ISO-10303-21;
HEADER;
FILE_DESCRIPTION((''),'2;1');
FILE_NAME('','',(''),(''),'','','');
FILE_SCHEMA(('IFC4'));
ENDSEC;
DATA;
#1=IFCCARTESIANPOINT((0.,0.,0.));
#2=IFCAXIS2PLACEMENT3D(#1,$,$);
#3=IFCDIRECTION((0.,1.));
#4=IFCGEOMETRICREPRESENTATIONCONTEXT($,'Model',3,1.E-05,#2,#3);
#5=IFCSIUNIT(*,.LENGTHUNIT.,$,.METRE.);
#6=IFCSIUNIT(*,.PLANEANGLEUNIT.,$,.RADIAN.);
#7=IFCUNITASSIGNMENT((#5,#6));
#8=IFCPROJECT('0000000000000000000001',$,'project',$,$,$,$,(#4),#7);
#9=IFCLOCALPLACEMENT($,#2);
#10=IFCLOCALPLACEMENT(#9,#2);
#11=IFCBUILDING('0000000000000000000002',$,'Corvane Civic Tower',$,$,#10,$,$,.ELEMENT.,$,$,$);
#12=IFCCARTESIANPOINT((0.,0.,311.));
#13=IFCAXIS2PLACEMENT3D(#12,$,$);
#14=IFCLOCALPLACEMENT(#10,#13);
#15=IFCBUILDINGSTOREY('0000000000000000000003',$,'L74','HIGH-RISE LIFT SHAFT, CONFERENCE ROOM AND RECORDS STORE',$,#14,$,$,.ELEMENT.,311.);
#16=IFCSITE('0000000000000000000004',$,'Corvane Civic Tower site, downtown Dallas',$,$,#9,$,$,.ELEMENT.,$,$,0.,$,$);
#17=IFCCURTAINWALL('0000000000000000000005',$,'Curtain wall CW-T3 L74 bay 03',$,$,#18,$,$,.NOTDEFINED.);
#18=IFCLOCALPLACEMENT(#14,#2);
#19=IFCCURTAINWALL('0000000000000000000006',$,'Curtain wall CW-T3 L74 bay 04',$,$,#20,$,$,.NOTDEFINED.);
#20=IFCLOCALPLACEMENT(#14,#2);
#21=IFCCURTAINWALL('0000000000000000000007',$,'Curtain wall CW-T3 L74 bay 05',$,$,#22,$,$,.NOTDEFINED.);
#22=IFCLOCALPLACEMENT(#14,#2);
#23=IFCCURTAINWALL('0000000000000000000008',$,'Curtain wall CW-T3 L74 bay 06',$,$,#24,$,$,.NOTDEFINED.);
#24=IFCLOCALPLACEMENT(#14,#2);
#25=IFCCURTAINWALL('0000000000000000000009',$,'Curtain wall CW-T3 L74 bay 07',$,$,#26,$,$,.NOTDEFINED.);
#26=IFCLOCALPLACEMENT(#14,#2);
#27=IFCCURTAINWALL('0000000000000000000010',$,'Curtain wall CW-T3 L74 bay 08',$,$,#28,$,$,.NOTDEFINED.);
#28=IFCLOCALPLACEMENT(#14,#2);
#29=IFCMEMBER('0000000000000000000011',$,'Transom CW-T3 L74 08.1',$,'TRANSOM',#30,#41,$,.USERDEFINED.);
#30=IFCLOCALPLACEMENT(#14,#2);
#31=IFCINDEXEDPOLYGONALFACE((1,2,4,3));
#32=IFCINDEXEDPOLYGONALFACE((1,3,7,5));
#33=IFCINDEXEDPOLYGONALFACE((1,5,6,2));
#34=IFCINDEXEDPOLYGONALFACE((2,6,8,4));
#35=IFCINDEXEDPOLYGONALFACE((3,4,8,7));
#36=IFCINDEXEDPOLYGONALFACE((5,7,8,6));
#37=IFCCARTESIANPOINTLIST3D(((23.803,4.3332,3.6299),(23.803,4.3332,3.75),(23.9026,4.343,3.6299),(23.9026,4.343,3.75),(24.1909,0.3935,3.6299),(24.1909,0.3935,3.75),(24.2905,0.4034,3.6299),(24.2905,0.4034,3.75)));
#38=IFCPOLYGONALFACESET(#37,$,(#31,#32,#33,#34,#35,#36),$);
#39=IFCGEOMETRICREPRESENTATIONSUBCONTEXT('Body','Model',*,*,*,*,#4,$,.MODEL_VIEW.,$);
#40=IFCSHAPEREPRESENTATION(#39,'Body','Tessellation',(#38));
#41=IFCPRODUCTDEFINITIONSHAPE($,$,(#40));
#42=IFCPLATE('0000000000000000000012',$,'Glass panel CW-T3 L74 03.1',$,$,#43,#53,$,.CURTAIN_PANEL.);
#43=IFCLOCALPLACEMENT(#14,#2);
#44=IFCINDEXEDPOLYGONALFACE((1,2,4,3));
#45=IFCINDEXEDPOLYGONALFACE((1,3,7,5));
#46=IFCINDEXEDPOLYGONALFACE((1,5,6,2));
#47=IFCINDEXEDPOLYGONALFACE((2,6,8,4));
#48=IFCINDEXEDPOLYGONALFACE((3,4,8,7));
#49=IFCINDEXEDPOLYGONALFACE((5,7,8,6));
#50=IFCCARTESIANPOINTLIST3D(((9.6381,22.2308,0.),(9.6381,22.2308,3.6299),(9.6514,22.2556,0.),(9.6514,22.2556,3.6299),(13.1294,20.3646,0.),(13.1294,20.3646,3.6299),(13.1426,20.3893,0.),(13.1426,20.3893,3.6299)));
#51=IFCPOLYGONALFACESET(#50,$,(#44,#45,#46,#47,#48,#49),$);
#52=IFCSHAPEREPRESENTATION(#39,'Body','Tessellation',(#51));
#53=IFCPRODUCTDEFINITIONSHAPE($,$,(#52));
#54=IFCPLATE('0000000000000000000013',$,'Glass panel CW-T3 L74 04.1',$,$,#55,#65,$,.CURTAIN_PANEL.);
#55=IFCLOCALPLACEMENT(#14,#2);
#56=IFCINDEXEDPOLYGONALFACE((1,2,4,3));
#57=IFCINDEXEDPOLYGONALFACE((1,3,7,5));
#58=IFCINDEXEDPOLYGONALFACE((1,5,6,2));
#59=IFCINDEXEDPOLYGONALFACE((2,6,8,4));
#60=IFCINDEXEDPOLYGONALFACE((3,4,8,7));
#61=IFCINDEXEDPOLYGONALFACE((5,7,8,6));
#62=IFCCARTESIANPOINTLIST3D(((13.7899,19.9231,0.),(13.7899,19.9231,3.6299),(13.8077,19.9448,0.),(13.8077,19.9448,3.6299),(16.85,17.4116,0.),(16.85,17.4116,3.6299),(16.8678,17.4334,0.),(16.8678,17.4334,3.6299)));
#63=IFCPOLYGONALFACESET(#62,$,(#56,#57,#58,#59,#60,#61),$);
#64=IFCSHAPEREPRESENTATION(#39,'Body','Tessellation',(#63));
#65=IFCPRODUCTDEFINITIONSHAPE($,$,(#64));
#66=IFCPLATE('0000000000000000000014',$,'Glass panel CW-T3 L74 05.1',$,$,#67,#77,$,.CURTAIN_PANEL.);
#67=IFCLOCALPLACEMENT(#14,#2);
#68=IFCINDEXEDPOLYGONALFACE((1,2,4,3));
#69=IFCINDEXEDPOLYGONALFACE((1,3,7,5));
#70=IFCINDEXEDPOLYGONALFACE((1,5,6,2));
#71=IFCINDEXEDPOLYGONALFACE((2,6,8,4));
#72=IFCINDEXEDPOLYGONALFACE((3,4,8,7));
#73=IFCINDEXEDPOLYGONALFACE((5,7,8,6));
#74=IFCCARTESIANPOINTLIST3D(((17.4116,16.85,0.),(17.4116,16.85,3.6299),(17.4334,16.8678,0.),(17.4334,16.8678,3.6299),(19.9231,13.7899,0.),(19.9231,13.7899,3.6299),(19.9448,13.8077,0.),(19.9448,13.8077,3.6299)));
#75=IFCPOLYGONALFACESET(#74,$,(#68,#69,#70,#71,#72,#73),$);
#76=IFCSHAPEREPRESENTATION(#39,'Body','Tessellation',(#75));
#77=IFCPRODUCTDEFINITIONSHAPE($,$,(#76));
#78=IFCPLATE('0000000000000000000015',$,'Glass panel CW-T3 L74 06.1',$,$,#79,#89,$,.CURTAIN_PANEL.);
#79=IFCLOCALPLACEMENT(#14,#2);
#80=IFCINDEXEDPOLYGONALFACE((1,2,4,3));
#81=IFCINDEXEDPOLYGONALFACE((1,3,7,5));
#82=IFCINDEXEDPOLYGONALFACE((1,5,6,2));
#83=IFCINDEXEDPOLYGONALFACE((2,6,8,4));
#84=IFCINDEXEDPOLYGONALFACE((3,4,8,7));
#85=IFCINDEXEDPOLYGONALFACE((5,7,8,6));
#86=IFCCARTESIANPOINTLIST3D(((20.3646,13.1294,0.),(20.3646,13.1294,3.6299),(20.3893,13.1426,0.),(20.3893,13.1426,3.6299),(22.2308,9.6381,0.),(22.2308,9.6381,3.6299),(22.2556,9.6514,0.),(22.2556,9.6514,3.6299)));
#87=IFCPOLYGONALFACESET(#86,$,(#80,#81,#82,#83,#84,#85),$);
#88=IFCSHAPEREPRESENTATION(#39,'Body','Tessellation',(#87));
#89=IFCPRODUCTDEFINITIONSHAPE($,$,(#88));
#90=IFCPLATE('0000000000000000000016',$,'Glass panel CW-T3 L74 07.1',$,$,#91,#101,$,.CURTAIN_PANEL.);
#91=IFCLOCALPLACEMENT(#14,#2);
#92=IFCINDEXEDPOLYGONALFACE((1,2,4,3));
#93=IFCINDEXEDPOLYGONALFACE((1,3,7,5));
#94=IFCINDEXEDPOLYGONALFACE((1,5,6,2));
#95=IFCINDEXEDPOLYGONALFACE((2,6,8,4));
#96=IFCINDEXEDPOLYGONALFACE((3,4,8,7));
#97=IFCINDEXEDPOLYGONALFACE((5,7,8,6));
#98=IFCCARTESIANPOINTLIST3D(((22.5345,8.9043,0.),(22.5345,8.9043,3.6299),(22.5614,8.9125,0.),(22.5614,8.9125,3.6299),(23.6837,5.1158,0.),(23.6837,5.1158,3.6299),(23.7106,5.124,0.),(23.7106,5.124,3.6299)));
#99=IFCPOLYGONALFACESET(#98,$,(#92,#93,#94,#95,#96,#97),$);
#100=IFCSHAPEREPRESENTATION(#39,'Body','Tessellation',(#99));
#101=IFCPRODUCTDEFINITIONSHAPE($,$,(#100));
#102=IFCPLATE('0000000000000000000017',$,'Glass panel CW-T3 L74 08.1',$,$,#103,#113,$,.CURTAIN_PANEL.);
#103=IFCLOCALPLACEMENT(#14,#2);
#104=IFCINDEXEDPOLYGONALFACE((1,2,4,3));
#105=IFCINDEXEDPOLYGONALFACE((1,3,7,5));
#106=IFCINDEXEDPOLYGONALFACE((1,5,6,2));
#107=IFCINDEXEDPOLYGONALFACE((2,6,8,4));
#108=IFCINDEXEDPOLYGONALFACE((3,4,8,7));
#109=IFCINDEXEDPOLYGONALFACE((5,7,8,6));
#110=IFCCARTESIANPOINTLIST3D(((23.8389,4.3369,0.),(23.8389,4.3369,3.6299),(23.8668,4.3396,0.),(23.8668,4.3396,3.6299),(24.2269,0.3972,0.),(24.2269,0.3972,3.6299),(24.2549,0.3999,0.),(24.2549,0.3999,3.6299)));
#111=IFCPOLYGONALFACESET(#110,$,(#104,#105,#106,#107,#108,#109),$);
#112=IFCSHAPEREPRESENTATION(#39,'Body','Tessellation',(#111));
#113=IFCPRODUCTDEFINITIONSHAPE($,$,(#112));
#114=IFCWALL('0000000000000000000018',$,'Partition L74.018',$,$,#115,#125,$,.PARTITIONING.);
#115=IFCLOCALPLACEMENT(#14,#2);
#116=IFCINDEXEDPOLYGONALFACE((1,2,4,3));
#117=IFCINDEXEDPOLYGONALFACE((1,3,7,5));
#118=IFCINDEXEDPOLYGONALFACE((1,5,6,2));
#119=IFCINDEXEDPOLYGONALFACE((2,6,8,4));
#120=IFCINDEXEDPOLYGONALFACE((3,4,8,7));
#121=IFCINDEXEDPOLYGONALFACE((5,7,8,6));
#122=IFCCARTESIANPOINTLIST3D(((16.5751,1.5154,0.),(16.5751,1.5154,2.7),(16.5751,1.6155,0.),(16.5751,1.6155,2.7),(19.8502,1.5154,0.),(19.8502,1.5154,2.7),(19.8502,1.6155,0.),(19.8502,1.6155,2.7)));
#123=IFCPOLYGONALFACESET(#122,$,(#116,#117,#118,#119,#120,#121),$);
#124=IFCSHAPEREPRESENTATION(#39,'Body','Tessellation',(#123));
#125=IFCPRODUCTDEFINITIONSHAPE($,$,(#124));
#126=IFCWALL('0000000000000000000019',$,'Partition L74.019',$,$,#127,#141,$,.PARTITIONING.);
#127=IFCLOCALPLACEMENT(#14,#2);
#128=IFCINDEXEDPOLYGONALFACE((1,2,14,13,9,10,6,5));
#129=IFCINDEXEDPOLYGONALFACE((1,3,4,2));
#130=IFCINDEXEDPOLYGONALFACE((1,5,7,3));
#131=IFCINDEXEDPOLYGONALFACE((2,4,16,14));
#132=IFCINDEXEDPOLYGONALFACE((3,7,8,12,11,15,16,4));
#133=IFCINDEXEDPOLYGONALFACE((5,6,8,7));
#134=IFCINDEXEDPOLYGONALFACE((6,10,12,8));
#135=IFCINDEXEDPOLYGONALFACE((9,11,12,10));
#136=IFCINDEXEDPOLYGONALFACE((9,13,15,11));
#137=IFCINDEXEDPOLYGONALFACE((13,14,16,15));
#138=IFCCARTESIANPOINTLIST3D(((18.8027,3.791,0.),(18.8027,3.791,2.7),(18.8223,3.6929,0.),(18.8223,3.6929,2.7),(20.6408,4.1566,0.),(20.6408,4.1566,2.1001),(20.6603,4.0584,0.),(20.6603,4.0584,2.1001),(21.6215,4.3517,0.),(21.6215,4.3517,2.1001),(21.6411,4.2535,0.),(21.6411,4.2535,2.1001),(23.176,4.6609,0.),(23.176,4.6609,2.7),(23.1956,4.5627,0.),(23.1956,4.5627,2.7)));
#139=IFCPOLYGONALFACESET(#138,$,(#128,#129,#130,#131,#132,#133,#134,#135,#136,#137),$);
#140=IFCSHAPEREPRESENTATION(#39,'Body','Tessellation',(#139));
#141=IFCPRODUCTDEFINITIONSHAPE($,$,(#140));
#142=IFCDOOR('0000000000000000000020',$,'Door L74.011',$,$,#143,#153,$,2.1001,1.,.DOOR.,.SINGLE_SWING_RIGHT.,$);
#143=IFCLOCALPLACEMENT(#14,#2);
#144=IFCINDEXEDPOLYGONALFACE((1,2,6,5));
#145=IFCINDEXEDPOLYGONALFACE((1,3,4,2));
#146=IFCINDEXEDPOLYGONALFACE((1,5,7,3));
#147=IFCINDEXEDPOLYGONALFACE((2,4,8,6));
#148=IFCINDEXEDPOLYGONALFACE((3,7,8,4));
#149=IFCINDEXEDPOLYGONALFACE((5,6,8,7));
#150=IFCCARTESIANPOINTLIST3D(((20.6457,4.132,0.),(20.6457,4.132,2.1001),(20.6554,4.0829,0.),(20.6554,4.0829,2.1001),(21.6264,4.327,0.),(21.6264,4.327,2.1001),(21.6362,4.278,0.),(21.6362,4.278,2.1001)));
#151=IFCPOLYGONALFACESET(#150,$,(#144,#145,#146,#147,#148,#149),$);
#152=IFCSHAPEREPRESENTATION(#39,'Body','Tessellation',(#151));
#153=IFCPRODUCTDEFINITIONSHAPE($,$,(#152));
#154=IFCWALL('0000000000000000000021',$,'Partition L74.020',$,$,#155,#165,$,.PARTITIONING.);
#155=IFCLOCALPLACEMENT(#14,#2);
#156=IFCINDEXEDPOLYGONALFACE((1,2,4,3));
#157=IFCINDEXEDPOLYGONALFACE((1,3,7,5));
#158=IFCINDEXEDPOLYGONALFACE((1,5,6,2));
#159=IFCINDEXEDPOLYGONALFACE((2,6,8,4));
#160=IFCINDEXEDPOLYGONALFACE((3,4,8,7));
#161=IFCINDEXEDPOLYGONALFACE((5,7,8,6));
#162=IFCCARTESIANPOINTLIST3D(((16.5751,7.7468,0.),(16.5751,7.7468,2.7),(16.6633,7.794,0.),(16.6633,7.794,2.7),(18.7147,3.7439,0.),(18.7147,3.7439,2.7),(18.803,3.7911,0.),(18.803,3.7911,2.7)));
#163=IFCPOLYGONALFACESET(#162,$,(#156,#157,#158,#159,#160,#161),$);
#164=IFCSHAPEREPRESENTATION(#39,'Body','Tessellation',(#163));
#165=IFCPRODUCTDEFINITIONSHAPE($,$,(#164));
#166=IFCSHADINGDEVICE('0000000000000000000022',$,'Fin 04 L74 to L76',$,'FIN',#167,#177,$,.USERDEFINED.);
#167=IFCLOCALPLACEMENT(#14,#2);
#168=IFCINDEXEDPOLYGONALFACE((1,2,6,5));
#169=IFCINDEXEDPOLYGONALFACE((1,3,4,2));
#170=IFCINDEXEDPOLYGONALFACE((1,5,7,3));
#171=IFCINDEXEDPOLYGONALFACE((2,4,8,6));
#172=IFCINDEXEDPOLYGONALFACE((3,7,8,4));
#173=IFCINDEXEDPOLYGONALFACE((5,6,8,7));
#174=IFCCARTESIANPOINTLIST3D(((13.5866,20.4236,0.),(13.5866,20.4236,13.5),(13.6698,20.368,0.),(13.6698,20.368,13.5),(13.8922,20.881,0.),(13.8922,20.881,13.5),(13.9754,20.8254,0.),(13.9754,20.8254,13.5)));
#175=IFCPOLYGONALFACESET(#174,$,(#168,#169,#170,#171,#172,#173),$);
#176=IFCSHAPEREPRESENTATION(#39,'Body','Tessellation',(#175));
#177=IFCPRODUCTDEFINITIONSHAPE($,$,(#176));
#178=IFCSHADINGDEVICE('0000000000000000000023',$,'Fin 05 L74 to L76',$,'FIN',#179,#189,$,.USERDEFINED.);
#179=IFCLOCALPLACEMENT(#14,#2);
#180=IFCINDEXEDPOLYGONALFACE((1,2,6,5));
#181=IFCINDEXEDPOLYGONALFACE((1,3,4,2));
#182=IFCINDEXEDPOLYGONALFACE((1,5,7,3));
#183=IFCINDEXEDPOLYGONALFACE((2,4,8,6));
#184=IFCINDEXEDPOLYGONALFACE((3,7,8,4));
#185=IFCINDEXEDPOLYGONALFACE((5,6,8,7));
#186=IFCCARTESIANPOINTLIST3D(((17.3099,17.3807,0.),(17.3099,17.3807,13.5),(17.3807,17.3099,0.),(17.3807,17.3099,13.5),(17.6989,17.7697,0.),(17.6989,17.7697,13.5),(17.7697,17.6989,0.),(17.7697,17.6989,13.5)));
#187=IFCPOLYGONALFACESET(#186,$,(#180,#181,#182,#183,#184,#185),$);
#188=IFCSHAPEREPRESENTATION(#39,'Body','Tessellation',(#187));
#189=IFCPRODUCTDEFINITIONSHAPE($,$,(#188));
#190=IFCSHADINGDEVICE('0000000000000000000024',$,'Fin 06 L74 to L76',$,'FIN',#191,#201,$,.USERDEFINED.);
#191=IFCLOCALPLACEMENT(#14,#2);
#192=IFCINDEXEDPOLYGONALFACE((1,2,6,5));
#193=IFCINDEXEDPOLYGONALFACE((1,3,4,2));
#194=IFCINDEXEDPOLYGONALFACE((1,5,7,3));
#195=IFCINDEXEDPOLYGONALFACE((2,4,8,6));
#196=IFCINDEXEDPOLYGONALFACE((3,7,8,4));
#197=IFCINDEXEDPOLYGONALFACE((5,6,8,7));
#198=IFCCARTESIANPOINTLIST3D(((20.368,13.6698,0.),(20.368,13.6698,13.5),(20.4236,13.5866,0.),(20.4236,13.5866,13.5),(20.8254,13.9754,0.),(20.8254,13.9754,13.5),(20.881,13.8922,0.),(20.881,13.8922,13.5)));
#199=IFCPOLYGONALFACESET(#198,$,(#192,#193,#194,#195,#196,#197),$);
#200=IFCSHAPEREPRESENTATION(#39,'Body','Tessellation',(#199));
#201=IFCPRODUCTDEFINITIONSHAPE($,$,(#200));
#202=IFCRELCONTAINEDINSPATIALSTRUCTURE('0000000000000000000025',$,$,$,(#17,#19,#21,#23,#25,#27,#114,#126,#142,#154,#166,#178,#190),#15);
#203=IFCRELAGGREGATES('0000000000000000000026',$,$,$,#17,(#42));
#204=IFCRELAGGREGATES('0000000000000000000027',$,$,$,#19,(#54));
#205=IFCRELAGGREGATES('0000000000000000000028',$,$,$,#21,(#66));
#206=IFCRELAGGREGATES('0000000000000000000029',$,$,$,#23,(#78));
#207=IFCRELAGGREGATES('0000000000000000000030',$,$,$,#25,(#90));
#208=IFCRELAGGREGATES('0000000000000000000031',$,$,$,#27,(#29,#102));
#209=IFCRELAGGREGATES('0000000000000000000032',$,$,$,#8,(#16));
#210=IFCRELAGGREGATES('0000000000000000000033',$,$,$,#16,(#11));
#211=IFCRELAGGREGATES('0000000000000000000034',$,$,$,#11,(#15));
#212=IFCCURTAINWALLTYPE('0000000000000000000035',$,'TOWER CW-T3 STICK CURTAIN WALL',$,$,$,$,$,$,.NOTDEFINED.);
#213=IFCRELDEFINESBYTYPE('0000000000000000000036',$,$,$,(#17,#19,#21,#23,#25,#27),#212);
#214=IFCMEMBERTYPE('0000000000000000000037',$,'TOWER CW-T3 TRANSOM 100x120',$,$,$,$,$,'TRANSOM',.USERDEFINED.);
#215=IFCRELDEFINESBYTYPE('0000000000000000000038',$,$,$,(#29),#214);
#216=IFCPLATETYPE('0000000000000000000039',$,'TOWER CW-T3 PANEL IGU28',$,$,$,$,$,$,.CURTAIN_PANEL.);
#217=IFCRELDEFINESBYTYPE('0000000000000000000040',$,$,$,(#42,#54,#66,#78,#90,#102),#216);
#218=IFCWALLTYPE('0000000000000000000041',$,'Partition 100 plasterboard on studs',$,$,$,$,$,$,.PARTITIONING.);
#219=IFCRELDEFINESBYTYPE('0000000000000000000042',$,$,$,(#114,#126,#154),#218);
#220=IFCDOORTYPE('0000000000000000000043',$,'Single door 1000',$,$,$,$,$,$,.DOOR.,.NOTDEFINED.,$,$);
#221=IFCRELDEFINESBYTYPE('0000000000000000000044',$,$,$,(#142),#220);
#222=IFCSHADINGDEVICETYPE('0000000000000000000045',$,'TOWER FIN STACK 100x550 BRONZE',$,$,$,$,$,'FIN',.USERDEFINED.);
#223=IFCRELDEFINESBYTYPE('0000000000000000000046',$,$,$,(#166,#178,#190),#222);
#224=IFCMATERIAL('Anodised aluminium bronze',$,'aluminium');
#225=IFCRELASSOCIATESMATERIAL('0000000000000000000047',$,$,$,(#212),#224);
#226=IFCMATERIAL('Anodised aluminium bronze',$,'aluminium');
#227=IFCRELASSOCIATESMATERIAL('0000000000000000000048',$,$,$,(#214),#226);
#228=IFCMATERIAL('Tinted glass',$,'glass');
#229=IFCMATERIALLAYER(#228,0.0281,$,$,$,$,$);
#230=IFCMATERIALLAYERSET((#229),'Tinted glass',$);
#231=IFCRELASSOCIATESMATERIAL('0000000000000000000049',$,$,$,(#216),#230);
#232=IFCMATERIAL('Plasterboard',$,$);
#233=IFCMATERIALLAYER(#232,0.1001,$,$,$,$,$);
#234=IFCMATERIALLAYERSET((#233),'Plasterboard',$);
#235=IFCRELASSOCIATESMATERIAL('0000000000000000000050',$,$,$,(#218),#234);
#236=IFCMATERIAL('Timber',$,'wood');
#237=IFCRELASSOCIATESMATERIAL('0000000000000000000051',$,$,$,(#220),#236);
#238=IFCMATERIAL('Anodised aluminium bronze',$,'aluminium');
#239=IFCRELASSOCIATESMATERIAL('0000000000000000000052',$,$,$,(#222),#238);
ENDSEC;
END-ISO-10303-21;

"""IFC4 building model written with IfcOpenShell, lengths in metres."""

from ifc_helpers import new_model, si_unit, direction, frame, frame_2d, origin, origin_2d, place, context, subcontext, project, spatial, rectangle, extrude, material, layer, layer_set, material_profile, profile_set, type_object, element, fill, aggregate, save


model = new_model("IFC4")

# Units and contexts
model_context = context("Model", 3, precision=1e-05, world=origin(), true_north=direction((0.0, 1.0)))
body_context = subcontext(model_context, "Body", "Model", "MODEL_VIEW")
ifc_project = project(units=[si_unit("LENGTHUNIT", "METRE"), si_unit("PLANEANGLEUNIT", "RADIAN")], contexts=[model_context])

# Site, building, storey
site_placement = place(None, origin())
site = spatial("IfcSite", under=ifc_project, at=site_placement, Name="Corvane Civic Tower site, downtown Dallas", CompositionType="ELEMENT", RefElevation=0.0)
building_placement = place(site_placement, origin())
building = spatial("IfcBuilding", under=site, at=building_placement, Name="Corvane Civic Tower", CompositionType="ELEMENT")
storey_placement = place(building_placement, frame((0.0, 0.0, 311.0)))
storey = spatial("IfcBuildingStorey", under=building, at=storey_placement, Name="L74", Description="HIGH-RISE LIFT SHAFT, CONFERENCE ROOM AND RECORDS STORE", CompositionType="ELEMENT", Elevation=311.0)

# Curtain walls, member
ifc_material_1 = material(Name="Anodised aluminium bronze", Category="aluminium")
curtain_wall_type = type_object("IfcCurtainWallType", Name="TOWER CW-T3 STICK CURTAIN WALL", PredefinedType="NOTDEFINED", material=ifc_material_1)
curtain_wall_1_placement = place(storey_placement, origin())
curtain_wall_1 = element("IfcCurtainWall", 1, at=curtain_wall_1_placement, inside=storey, type_object=curtain_wall_type, Name="Curtain wall CW-T3 L74 bay 03", PredefinedType="NOTDEFINED")
ifc_material_2 = material(Name="Anodised aluminium bronze", Category="aluminium")
ifc_material_profile_1 = material_profile(ifc_material_2, rectangle(XDim=0.1001, YDim=0.1201, at=origin_2d()), Name="TOWER CW-T3 TRANSOM 100x120")
ifc_profile_set_1 = profile_set([ifc_material_profile_1], Name="Anodised aluminium bronze")
member_type = type_object("IfcMemberType", Name="TOWER CW-T3 TRANSOM 100x120", ElementType="TRANSOM", PredefinedType="USERDEFINED", material=ifc_profile_set_1)
curtain_wall_2_placement = place(storey_placement, origin())
curtain_wall_2 = element("IfcCurtainWall", 2, at=curtain_wall_2_placement, inside=storey, type_object=curtain_wall_type, Name="Curtain wall CW-T3 L74 bay 04", PredefinedType="NOTDEFINED")
curtain_wall_3_placement = place(storey_placement, origin())
curtain_wall_3 = element("IfcCurtainWall", 3, at=curtain_wall_3_placement, inside=storey, type_object=curtain_wall_type, Name="Curtain wall CW-T3 L74 bay 05", PredefinedType="NOTDEFINED")
curtain_wall_4_placement = place(storey_placement, origin())
curtain_wall_4 = element("IfcCurtainWall", 4, at=curtain_wall_4_placement, inside=storey, type_object=curtain_wall_type, Name="Curtain wall CW-T3 L74 bay 06", PredefinedType="NOTDEFINED")
curtain_wall_5_placement = place(storey_placement, origin())
curtain_wall_5 = element("IfcCurtainWall", 5, at=curtain_wall_5_placement, inside=storey, type_object=curtain_wall_type, Name="Curtain wall CW-T3 L74 bay 07", PredefinedType="NOTDEFINED")
curtain_wall_6_placement = place(storey_placement, origin())
curtain_wall_6 = element("IfcCurtainWall", 6, at=curtain_wall_6_placement, inside=storey, type_object=curtain_wall_type, Name="Curtain wall CW-T3 L74 bay 08", PredefinedType="NOTDEFINED")
member_1_placement = place(storey_placement, frame((23.8528, 4.3381, 3.6899), z_axis=(0.097995, -0.995187, 0.0), x_axis=(0.995187, 0.097995, 0.0)))
member_1 = element("IfcMember", 7, at=member_1_placement, type_object=member_type, Name="Transom CW-T3 L74 08.1", ObjectType="TRANSOM", PredefinedType="USERDEFINED", context=body_context, shape_type="SweptSolid", body=[
    extrude(rectangle(XDim=0.1001, YDim=0.1201, at=origin_2d()), origin(), (0.0, 0.0, 1.0), 3.9587),
])

# Plates
ifc_material_3 = material(Name="Tinted glass", Category="glass")
ifc_layer_1 = layer(ifc_material_3, 0.0281)
ifc_layer_set_1 = layer_set([ifc_layer_1], Name="Tinted glass")
plate_type = type_object("IfcPlateType", Name="TOWER CW-T3 PANEL IGU28", PredefinedType="CURTAIN_PANEL", material=ifc_layer_set_1)
plate_1_placement = place(storey_placement, frame((11.3904, 21.3101, 0.0), z_axis=(0.0, 0.0, 1.0), x_axis=(0.881908, -0.471421, 0.0)))
plate_1 = element("IfcPlate", 8, at=plate_1_placement, type_object=plate_type, Name="Glass panel CW-T3 L74 03.1", PredefinedType="CURTAIN_PANEL", context=body_context, shape_type="SweptSolid", body=[
    extrude(rectangle(XDim=3.9587, YDim=0.0281, at=origin_2d()), origin(), (0.0, 0.0, 1.0), 3.6299),
])
aggregate(curtain_wall_1, [plate_1])
plate_2_placement = place(storey_placement, frame((15.3289, 18.6782, 0.0), z_axis=(0.0, 0.0, 1.0), x_axis=(0.773001, -0.634405, 0.0)))
plate_2 = element("IfcPlate", 9, at=plate_2_placement, type_object=plate_type, Name="Glass panel CW-T3 L74 04.1", PredefinedType="CURTAIN_PANEL", context=body_context, shape_type="SweptSolid", body=[
    extrude(rectangle(XDim=3.9587, YDim=0.0281, at=origin_2d()), origin(), (0.0, 0.0, 1.0), 3.6299),
])
aggregate(curtain_wall_2, [plate_2])
plate_3_placement = place(storey_placement, frame((18.6782, 15.3289, 0.0), z_axis=(0.0, 0.0, 1.0), x_axis=(0.634405, -0.773001, 0.0)))
plate_3 = element("IfcPlate", 10, at=plate_3_placement, type_object=plate_type, Name="Glass panel CW-T3 L74 05.1", PredefinedType="CURTAIN_PANEL", context=body_context, shape_type="SweptSolid", body=[
    extrude(rectangle(XDim=3.9587, YDim=0.0281, at=origin_2d()), origin(), (0.0, 0.0, 1.0), 3.6299),
])
aggregate(curtain_wall_3, [plate_3])
plate_4_placement = place(storey_placement, frame((21.3101, 11.3904, 0.0), z_axis=(0.0, 0.0, 1.0), x_axis=(0.471421, -0.881908, 0.0)))
plate_4 = element("IfcPlate", 11, at=plate_4_placement, type_object=plate_type, Name="Glass panel CW-T3 L74 06.1", PredefinedType="CURTAIN_PANEL", context=body_context, shape_type="SweptSolid", body=[
    extrude(rectangle(XDim=3.9587, YDim=0.0281, at=origin_2d()), origin(), (0.0, 0.0, 1.0), 3.6299),
])
aggregate(curtain_wall_4, [plate_4])
plate_5_placement = place(storey_placement, frame((23.1226, 7.0142, 0.0), z_axis=(0.0, 0.0, 1.0), x_axis=(0.290274, -0.956944, 0.0)))
plate_5 = element("IfcPlate", 12, at=plate_5_placement, type_object=plate_type, Name="Glass panel CW-T3 L74 07.1", PredefinedType="CURTAIN_PANEL", context=body_context, shape_type="SweptSolid", body=[
    extrude(rectangle(XDim=3.959, YDim=0.0281, at=origin_2d()), origin(), (0.0, 0.0, 1.0), 3.6299),
])
aggregate(curtain_wall_5, [plate_5])
plate_6_placement = place(storey_placement, frame((24.0469, 2.3684, 0.0), z_axis=(0.0, 0.0, 1.0), x_axis=(0.098021, -0.995184, 0.0)))
plate_6 = element("IfcPlate", 13, at=plate_6_placement, type_object=plate_type, Name="Glass panel CW-T3 L74 08.1", PredefinedType="CURTAIN_PANEL", context=body_context, shape_type="SweptSolid", body=[
    extrude(rectangle(XDim=3.9587, YDim=0.0281, at=origin_2d()), origin(), (0.0, 0.0, 1.0), 3.6299),
])
aggregate(curtain_wall_6, [member_1, plate_6])

# Wall
ifc_material_4 = material(Name="Plasterboard")
ifc_layer_2 = layer(ifc_material_4, 0.1001)
ifc_layer_set_2 = layer_set([ifc_layer_2], Name="Plasterboard")
wall_type = type_object("IfcWallType", Name="Partition 100 plasterboard on studs", PredefinedType="PARTITIONING", material=ifc_layer_set_2)
wall_1_placement = place(storey_placement, frame((16.575, 1.5654, 0.0), z_axis=(0.0, 0.0, 1.0), x_axis=(1.0, 0.0, 0.0)))
element("IfcWall", 14, at=wall_1_placement, inside=storey, type_object=wall_type, Name="Partition L74.018", PredefinedType="PARTITIONING", context=body_context, shape_type="SweptSolid", body=[
    extrude(rectangle(XDim=3.2751, YDim=0.1001, at=frame_2d((1.6377, 0.0))), origin(), (0.0, 0.0, 1.0), 2.7),
])

# Wall, opening, door
wall_2_placement = place(storey_placement, frame((18.8125, 3.7419, 0.0), z_axis=(0.0, 0.0, 1.0), x_axis=(0.980787, 0.195084, 0.0)))
wall_2 = element("IfcWall", 15, at=wall_2_placement, inside=storey, type_object=wall_type, Name="Partition L74.019", PredefinedType="PARTITIONING", context=body_context, shape_type="SweptSolid", body=[
    extrude(rectangle(XDim=4.459, YDim=0.1001, at=frame_2d((2.2295, 0.0))), origin(), (0.0, 0.0, 1.0), 2.7),
])
opening_placement = place(wall_2_placement, frame((1.874, 0.0, 0.0)))
opening = element("IfcOpeningElement", 16, at=opening_placement, cuts=wall_2, PredefinedType="OPENING", context=body_context, shape_type="SweptSolid", body=[
    extrude(rectangle(XDim=1.0, YDim=2.1001, at=frame_2d((0.5, 1.05))), frame((0.0, 0.0601, 0.0), z_axis=(0.0, -1.0, 0.0), x_axis=(1.0, 0.0, 0.0)), (0.0, 0.0, 1.0), 0.1201),
])
ifc_material_5 = material(Name="Timber", Category="wood")
door_type = type_object("IfcDoorType", Name="Single door 1000", OperationType="NOTDEFINED", PredefinedType="DOOR", material=ifc_material_5)
door_placement = place(opening_placement, origin())
door = element("IfcDoor", 17, at=door_placement, inside=storey, type_object=door_type, Name="Door L74.011", OperationType="SINGLE_SWING_RIGHT", OverallHeight=2.1001, OverallWidth=1.0, PredefinedType="DOOR", context=body_context, shape_type="SweptSolid", body=[
    extrude(rectangle(XDim=1.0, YDim=2.1001, at=frame_2d((0.5, 1.05))), frame((0.0, 0.0249, 0.0), z_axis=(0.0, -1.0, 0.0), x_axis=(1.0, 0.0, 0.0)), (0.0, 0.0, 1.0), 0.05),
])
fill(opening, door)

# Wall
wall_3_placement = place(storey_placement, frame((16.6191, 7.7705, 0.0), z_axis=(0.0, 0.0, 1.0), x_axis=(0.471403, -0.881918, 0.0)))
element("IfcWall", 18, at=wall_3_placement, inside=storey, type_object=wall_type, Name="Partition L74.020", PredefinedType="PARTITIONING", context=body_context, shape_type="SweptSolid", body=[
    extrude(rectangle(XDim=4.5388, YDim=0.1001, at=frame_2d((2.2695, 0.0))), origin(), (0.0, 0.0, 1.0), 2.7),
])

# Shading devices
ifc_material_6 = material(Name="Anodised aluminium bronze", Category="aluminium")
ifc_material_profile_2 = material_profile(ifc_material_6, rectangle(XDim=0.1001, YDim=0.55, at=origin_2d()), Name="TOWER FIN STACK 100x550 BRONZE")
ifc_profile_set_2 = profile_set([ifc_material_profile_2], Name="Anodised aluminium bronze")
shading_device_type = type_object("IfcShadingDeviceType", Name="TOWER FIN STACK 100x550 BRONZE", ElementType="FIN", PredefinedType="USERDEFINED", material=ifc_profile_set_2)
for number, where, z_axis, x_axis, name in (
    (19, (13.781, 20.6245, 0.0), (0.0, 0.0, 1.0), (0.83147, -0.55557, 0.0), "Fin 04 L74 to L76"),
    (20, (17.5398, 17.5398, 0.0), (0.0, 0.0, 1.0), (0.707107, -0.707107, 0.0), "Fin 05 L74 to L76"),
    (21, (20.6245, 13.781, 0.0), (0.0, 0.0, 1.0), (0.55557, -0.83147, 0.0), "Fin 06 L74 to L76"),
):
    element("IfcShadingDevice", number, at=place(storey_placement, frame(where, z_axis=z_axis, x_axis=x_axis)), inside=storey, type_object=shading_device_type, Name=name, ObjectType="FIN", PredefinedType="USERDEFINED", context=body_context, shape_type="SweptSolid", body=[
        extrude(rectangle(XDim=0.1001, YDim=0.55, at=origin_2d()), origin(), (0.0, 0.0, 1.0), 13.5),
    ])

save(model, "model.ifc")
